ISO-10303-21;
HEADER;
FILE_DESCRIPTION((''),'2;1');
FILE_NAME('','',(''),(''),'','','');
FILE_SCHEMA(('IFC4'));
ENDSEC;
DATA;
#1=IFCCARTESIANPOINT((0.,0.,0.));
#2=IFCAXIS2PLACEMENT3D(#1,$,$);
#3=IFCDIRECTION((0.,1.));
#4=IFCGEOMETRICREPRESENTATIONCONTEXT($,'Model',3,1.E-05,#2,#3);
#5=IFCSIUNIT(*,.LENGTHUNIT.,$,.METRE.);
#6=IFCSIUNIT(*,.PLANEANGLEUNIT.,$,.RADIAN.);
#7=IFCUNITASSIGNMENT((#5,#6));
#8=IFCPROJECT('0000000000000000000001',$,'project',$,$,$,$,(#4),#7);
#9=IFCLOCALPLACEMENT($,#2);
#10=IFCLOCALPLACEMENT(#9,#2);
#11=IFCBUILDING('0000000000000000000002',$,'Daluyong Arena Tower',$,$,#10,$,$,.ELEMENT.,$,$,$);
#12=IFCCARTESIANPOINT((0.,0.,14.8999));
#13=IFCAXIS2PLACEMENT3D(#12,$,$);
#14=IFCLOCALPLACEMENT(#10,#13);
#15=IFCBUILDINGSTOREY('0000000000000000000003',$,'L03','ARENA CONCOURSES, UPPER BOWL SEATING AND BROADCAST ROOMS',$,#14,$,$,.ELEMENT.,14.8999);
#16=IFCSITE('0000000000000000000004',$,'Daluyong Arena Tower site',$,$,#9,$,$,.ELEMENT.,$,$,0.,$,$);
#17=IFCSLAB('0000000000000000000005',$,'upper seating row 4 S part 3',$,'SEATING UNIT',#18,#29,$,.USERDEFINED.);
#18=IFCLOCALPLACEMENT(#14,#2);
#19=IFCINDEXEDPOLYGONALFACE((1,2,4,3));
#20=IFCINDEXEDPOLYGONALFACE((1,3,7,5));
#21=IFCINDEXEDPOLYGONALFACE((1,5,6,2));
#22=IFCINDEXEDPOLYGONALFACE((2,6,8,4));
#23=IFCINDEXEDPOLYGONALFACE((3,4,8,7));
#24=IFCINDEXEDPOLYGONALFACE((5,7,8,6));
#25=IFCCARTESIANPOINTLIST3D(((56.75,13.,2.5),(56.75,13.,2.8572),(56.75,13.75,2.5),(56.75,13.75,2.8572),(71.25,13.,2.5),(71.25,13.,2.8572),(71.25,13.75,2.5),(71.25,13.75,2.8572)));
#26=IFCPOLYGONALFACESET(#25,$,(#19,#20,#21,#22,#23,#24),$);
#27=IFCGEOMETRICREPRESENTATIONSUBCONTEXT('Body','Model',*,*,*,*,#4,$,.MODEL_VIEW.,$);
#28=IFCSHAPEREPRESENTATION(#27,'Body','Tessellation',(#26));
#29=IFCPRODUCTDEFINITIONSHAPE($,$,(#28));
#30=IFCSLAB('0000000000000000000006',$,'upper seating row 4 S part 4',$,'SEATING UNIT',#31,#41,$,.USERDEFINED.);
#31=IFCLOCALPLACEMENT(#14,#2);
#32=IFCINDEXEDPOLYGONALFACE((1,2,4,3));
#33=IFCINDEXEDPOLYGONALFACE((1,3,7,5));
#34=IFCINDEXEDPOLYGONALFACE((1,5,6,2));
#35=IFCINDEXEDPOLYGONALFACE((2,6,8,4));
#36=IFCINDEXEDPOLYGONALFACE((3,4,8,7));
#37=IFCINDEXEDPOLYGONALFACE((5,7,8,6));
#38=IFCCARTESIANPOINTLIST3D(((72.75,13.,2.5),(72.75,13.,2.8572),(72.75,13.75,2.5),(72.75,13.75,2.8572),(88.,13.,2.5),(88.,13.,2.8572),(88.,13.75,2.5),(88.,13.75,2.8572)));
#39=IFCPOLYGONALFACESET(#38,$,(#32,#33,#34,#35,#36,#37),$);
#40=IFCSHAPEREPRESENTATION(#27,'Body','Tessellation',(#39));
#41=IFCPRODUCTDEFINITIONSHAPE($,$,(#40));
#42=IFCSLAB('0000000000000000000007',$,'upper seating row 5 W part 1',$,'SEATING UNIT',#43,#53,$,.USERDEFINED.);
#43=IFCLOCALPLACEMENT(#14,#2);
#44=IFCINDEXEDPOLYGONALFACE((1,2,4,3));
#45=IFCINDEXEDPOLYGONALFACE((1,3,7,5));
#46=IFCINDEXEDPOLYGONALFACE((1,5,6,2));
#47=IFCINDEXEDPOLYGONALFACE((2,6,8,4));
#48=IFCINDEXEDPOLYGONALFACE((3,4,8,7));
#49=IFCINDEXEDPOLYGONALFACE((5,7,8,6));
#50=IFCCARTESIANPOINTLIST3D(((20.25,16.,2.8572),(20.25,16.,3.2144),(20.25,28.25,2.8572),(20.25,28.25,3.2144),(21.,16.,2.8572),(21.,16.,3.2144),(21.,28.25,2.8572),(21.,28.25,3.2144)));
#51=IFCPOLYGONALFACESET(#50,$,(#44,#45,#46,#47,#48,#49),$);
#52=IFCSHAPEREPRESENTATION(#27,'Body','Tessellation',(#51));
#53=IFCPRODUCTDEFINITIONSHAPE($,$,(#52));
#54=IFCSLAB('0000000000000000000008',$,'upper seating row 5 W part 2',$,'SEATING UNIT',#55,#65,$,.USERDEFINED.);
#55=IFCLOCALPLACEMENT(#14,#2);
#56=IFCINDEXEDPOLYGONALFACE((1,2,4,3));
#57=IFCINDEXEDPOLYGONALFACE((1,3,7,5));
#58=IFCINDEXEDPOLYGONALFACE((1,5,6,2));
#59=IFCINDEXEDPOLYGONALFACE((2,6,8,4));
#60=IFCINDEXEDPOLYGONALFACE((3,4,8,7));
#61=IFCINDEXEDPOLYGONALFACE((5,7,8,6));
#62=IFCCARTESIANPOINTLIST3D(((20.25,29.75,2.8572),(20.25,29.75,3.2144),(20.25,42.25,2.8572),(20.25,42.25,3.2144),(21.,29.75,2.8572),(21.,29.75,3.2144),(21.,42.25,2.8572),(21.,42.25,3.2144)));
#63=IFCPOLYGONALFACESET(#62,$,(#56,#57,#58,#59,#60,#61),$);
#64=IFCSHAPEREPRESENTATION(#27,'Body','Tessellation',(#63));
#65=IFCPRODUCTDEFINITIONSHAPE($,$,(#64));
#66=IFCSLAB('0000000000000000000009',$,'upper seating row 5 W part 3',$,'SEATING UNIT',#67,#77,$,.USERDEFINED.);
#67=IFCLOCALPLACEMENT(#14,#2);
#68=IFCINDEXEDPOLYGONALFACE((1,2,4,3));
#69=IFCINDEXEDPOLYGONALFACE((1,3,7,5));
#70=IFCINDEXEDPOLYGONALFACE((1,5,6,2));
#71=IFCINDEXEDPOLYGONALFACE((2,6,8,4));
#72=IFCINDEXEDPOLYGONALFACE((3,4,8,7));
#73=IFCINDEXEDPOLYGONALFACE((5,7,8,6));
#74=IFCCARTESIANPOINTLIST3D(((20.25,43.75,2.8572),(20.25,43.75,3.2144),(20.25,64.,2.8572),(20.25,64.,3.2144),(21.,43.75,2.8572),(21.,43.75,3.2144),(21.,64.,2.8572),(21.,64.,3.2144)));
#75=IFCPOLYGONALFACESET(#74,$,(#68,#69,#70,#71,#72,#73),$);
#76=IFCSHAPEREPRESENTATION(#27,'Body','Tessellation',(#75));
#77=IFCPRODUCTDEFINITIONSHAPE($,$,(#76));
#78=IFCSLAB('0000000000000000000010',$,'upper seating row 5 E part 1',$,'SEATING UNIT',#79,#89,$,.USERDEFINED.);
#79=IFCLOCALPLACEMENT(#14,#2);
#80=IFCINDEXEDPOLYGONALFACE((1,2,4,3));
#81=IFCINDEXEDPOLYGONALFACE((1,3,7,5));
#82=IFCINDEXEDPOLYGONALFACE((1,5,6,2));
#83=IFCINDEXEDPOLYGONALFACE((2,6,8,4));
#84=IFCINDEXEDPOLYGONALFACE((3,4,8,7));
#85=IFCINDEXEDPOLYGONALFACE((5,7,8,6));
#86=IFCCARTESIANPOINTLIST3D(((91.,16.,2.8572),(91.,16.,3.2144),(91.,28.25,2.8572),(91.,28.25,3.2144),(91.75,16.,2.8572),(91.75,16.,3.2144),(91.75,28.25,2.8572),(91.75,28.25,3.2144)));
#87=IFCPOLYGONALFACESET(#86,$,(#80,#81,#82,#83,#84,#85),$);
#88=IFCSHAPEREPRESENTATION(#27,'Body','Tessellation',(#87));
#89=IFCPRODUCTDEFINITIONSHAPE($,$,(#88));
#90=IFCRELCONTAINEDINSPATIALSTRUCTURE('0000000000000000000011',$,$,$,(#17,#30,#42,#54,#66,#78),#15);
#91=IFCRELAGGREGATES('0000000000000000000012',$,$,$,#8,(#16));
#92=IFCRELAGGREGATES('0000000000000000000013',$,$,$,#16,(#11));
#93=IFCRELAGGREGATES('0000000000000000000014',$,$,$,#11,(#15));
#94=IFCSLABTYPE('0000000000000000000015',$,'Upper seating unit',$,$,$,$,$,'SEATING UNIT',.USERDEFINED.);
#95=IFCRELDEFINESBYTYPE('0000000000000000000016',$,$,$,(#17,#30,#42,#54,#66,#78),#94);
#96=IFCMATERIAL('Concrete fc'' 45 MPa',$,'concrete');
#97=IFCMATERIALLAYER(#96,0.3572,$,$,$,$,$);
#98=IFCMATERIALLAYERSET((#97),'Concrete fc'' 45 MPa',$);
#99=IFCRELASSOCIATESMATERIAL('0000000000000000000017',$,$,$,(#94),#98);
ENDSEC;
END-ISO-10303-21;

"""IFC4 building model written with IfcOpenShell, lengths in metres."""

from ifc_helpers import new_model, si_unit, direction, frame, origin, place, context, subcontext, project, spatial, polyline, outline, extrude, material, layer, layer_set, type_object, element, save


model = new_model("IFC4")

# Units and contexts
model_context = context("Model", 3, precision=1e-05, world=origin(), true_north=direction((0.0, 1.0)))
body_context = subcontext(model_context, "Body", "Model", "MODEL_VIEW")
ifc_project = project(units=[si_unit("LENGTHUNIT", "METRE"), si_unit("PLANEANGLEUNIT", "RADIAN")], contexts=[model_context])

# Site, building, storey
site_placement = place(None, origin())
site = spatial("IfcSite", under=ifc_project, at=site_placement, Name="Daluyong Arena Tower site", CompositionType="ELEMENT", RefElevation=0.0)
building_placement = place(site_placement, origin())
building = spatial("IfcBuilding", under=site, at=building_placement, Name="Daluyong Arena Tower", CompositionType="ELEMENT")
storey_placement = place(building_placement, frame((0.0, 0.0, 14.8999)))
storey = spatial("IfcBuildingStorey", under=building, at=storey_placement, Name="L03", Description="ARENA CONCOURSES, UPPER BOWL SEATING AND BROADCAST ROOMS", CompositionType="ELEMENT", Elevation=14.8999)

# Slabs
ifc_material = material(Name="Concrete fc' 45 MPa", Category="concrete")
ifc_layer = layer(ifc_material, 0.3572)
ifc_layer_set = layer_set([ifc_layer], Name="Concrete fc' 45 MPa")
slab_type = type_object("IfcSlabType", Name="Upper seating unit", ElementType="SEATING UNIT", PredefinedType="USERDEFINED", material=ifc_layer_set)
slab_1_placement = place(storey_placement, frame((0.0, 0.0, 2.5)))
element("IfcSlab", 1, at=slab_1_placement, inside=storey, type_object=slab_type, Name="upper seating row 4 S part 3", ObjectType="SEATING UNIT", PredefinedType="USERDEFINED", context=body_context, shape_type="SweptSolid", body=[
    extrude(outline(polyline([(71.25, 13.75), (56.75, 13.75), (56.75, 13.0), (71.25, 13.0), (71.25, 13.75)])), origin(), (0.0, 0.0, 1.0), 0.3572),
])
slab_2_placement = place(storey_placement, frame((0.0, 0.0, 2.5)))
element("IfcSlab", 2, at=slab_2_placement, inside=storey, type_object=slab_type, Name="upper seating row 4 S part 4", ObjectType="SEATING UNIT", PredefinedType="USERDEFINED", context=body_context, shape_type="SweptSolid", body=[
    extrude(outline(polyline([(88.0, 13.75), (72.75, 13.75), (72.75, 13.0), (88.0, 13.0), (88.0, 13.75)])), origin(), (0.0, 0.0, 1.0), 0.3572),
])
slab_3_placement = place(storey_placement, frame((0.0, 0.0, 2.8572)))
element("IfcSlab", 3, at=slab_3_placement, inside=storey, type_object=slab_type, Name="upper seating row 5 W part 1", ObjectType="SEATING UNIT", PredefinedType="USERDEFINED", context=body_context, shape_type="SweptSolid", body=[
    extrude(outline(polyline([(21.0, 16.0), (21.0, 28.25), (20.25, 28.25), (20.25, 16.0), (21.0, 16.0)])), origin(), (0.0, 0.0, 1.0), 0.3572),
])
slab_4_placement = place(storey_placement, frame((0.0, 0.0, 2.8572)))
element("IfcSlab", 4, at=slab_4_placement, inside=storey, type_object=slab_type, Name="upper seating row 5 W part 2", ObjectType="SEATING UNIT", PredefinedType="USERDEFINED", context=body_context, shape_type="SweptSolid", body=[
    extrude(outline(polyline([(21.0, 29.75), (21.0, 42.25), (20.25, 42.25), (20.25, 29.75), (21.0, 29.75)])), origin(), (0.0, 0.0, 1.0), 0.3572),
])
slab_5_placement = place(storey_placement, frame((0.0, 0.0, 2.8572)))
element("IfcSlab", 5, at=slab_5_placement, inside=storey, type_object=slab_type, Name="upper seating row 5 W part 3", ObjectType="SEATING UNIT", PredefinedType="USERDEFINED", context=body_context, shape_type="SweptSolid", body=[
    extrude(outline(polyline([(20.25, 64.0), (20.25, 43.75), (21.0, 43.75), (21.0, 64.0), (20.25, 64.0)])), origin(), (0.0, 0.0, 1.0), 0.3572),
])
slab_6_placement = place(storey_placement, frame((0.0, 0.0, 2.8572)))
element("IfcSlab", 6, at=slab_6_placement, inside=storey, type_object=slab_type, Name="upper seating row 5 E part 1", ObjectType="SEATING UNIT", PredefinedType="USERDEFINED", context=body_context, shape_type="SweptSolid", body=[
    extrude(outline(polyline([(91.75, 16.0), (91.75, 28.25), (91.0, 28.25), (91.0, 16.0), (91.75, 16.0)])), origin(), (0.0, 0.0, 1.0), 0.3572),
])

save(model, "model.ifc")
